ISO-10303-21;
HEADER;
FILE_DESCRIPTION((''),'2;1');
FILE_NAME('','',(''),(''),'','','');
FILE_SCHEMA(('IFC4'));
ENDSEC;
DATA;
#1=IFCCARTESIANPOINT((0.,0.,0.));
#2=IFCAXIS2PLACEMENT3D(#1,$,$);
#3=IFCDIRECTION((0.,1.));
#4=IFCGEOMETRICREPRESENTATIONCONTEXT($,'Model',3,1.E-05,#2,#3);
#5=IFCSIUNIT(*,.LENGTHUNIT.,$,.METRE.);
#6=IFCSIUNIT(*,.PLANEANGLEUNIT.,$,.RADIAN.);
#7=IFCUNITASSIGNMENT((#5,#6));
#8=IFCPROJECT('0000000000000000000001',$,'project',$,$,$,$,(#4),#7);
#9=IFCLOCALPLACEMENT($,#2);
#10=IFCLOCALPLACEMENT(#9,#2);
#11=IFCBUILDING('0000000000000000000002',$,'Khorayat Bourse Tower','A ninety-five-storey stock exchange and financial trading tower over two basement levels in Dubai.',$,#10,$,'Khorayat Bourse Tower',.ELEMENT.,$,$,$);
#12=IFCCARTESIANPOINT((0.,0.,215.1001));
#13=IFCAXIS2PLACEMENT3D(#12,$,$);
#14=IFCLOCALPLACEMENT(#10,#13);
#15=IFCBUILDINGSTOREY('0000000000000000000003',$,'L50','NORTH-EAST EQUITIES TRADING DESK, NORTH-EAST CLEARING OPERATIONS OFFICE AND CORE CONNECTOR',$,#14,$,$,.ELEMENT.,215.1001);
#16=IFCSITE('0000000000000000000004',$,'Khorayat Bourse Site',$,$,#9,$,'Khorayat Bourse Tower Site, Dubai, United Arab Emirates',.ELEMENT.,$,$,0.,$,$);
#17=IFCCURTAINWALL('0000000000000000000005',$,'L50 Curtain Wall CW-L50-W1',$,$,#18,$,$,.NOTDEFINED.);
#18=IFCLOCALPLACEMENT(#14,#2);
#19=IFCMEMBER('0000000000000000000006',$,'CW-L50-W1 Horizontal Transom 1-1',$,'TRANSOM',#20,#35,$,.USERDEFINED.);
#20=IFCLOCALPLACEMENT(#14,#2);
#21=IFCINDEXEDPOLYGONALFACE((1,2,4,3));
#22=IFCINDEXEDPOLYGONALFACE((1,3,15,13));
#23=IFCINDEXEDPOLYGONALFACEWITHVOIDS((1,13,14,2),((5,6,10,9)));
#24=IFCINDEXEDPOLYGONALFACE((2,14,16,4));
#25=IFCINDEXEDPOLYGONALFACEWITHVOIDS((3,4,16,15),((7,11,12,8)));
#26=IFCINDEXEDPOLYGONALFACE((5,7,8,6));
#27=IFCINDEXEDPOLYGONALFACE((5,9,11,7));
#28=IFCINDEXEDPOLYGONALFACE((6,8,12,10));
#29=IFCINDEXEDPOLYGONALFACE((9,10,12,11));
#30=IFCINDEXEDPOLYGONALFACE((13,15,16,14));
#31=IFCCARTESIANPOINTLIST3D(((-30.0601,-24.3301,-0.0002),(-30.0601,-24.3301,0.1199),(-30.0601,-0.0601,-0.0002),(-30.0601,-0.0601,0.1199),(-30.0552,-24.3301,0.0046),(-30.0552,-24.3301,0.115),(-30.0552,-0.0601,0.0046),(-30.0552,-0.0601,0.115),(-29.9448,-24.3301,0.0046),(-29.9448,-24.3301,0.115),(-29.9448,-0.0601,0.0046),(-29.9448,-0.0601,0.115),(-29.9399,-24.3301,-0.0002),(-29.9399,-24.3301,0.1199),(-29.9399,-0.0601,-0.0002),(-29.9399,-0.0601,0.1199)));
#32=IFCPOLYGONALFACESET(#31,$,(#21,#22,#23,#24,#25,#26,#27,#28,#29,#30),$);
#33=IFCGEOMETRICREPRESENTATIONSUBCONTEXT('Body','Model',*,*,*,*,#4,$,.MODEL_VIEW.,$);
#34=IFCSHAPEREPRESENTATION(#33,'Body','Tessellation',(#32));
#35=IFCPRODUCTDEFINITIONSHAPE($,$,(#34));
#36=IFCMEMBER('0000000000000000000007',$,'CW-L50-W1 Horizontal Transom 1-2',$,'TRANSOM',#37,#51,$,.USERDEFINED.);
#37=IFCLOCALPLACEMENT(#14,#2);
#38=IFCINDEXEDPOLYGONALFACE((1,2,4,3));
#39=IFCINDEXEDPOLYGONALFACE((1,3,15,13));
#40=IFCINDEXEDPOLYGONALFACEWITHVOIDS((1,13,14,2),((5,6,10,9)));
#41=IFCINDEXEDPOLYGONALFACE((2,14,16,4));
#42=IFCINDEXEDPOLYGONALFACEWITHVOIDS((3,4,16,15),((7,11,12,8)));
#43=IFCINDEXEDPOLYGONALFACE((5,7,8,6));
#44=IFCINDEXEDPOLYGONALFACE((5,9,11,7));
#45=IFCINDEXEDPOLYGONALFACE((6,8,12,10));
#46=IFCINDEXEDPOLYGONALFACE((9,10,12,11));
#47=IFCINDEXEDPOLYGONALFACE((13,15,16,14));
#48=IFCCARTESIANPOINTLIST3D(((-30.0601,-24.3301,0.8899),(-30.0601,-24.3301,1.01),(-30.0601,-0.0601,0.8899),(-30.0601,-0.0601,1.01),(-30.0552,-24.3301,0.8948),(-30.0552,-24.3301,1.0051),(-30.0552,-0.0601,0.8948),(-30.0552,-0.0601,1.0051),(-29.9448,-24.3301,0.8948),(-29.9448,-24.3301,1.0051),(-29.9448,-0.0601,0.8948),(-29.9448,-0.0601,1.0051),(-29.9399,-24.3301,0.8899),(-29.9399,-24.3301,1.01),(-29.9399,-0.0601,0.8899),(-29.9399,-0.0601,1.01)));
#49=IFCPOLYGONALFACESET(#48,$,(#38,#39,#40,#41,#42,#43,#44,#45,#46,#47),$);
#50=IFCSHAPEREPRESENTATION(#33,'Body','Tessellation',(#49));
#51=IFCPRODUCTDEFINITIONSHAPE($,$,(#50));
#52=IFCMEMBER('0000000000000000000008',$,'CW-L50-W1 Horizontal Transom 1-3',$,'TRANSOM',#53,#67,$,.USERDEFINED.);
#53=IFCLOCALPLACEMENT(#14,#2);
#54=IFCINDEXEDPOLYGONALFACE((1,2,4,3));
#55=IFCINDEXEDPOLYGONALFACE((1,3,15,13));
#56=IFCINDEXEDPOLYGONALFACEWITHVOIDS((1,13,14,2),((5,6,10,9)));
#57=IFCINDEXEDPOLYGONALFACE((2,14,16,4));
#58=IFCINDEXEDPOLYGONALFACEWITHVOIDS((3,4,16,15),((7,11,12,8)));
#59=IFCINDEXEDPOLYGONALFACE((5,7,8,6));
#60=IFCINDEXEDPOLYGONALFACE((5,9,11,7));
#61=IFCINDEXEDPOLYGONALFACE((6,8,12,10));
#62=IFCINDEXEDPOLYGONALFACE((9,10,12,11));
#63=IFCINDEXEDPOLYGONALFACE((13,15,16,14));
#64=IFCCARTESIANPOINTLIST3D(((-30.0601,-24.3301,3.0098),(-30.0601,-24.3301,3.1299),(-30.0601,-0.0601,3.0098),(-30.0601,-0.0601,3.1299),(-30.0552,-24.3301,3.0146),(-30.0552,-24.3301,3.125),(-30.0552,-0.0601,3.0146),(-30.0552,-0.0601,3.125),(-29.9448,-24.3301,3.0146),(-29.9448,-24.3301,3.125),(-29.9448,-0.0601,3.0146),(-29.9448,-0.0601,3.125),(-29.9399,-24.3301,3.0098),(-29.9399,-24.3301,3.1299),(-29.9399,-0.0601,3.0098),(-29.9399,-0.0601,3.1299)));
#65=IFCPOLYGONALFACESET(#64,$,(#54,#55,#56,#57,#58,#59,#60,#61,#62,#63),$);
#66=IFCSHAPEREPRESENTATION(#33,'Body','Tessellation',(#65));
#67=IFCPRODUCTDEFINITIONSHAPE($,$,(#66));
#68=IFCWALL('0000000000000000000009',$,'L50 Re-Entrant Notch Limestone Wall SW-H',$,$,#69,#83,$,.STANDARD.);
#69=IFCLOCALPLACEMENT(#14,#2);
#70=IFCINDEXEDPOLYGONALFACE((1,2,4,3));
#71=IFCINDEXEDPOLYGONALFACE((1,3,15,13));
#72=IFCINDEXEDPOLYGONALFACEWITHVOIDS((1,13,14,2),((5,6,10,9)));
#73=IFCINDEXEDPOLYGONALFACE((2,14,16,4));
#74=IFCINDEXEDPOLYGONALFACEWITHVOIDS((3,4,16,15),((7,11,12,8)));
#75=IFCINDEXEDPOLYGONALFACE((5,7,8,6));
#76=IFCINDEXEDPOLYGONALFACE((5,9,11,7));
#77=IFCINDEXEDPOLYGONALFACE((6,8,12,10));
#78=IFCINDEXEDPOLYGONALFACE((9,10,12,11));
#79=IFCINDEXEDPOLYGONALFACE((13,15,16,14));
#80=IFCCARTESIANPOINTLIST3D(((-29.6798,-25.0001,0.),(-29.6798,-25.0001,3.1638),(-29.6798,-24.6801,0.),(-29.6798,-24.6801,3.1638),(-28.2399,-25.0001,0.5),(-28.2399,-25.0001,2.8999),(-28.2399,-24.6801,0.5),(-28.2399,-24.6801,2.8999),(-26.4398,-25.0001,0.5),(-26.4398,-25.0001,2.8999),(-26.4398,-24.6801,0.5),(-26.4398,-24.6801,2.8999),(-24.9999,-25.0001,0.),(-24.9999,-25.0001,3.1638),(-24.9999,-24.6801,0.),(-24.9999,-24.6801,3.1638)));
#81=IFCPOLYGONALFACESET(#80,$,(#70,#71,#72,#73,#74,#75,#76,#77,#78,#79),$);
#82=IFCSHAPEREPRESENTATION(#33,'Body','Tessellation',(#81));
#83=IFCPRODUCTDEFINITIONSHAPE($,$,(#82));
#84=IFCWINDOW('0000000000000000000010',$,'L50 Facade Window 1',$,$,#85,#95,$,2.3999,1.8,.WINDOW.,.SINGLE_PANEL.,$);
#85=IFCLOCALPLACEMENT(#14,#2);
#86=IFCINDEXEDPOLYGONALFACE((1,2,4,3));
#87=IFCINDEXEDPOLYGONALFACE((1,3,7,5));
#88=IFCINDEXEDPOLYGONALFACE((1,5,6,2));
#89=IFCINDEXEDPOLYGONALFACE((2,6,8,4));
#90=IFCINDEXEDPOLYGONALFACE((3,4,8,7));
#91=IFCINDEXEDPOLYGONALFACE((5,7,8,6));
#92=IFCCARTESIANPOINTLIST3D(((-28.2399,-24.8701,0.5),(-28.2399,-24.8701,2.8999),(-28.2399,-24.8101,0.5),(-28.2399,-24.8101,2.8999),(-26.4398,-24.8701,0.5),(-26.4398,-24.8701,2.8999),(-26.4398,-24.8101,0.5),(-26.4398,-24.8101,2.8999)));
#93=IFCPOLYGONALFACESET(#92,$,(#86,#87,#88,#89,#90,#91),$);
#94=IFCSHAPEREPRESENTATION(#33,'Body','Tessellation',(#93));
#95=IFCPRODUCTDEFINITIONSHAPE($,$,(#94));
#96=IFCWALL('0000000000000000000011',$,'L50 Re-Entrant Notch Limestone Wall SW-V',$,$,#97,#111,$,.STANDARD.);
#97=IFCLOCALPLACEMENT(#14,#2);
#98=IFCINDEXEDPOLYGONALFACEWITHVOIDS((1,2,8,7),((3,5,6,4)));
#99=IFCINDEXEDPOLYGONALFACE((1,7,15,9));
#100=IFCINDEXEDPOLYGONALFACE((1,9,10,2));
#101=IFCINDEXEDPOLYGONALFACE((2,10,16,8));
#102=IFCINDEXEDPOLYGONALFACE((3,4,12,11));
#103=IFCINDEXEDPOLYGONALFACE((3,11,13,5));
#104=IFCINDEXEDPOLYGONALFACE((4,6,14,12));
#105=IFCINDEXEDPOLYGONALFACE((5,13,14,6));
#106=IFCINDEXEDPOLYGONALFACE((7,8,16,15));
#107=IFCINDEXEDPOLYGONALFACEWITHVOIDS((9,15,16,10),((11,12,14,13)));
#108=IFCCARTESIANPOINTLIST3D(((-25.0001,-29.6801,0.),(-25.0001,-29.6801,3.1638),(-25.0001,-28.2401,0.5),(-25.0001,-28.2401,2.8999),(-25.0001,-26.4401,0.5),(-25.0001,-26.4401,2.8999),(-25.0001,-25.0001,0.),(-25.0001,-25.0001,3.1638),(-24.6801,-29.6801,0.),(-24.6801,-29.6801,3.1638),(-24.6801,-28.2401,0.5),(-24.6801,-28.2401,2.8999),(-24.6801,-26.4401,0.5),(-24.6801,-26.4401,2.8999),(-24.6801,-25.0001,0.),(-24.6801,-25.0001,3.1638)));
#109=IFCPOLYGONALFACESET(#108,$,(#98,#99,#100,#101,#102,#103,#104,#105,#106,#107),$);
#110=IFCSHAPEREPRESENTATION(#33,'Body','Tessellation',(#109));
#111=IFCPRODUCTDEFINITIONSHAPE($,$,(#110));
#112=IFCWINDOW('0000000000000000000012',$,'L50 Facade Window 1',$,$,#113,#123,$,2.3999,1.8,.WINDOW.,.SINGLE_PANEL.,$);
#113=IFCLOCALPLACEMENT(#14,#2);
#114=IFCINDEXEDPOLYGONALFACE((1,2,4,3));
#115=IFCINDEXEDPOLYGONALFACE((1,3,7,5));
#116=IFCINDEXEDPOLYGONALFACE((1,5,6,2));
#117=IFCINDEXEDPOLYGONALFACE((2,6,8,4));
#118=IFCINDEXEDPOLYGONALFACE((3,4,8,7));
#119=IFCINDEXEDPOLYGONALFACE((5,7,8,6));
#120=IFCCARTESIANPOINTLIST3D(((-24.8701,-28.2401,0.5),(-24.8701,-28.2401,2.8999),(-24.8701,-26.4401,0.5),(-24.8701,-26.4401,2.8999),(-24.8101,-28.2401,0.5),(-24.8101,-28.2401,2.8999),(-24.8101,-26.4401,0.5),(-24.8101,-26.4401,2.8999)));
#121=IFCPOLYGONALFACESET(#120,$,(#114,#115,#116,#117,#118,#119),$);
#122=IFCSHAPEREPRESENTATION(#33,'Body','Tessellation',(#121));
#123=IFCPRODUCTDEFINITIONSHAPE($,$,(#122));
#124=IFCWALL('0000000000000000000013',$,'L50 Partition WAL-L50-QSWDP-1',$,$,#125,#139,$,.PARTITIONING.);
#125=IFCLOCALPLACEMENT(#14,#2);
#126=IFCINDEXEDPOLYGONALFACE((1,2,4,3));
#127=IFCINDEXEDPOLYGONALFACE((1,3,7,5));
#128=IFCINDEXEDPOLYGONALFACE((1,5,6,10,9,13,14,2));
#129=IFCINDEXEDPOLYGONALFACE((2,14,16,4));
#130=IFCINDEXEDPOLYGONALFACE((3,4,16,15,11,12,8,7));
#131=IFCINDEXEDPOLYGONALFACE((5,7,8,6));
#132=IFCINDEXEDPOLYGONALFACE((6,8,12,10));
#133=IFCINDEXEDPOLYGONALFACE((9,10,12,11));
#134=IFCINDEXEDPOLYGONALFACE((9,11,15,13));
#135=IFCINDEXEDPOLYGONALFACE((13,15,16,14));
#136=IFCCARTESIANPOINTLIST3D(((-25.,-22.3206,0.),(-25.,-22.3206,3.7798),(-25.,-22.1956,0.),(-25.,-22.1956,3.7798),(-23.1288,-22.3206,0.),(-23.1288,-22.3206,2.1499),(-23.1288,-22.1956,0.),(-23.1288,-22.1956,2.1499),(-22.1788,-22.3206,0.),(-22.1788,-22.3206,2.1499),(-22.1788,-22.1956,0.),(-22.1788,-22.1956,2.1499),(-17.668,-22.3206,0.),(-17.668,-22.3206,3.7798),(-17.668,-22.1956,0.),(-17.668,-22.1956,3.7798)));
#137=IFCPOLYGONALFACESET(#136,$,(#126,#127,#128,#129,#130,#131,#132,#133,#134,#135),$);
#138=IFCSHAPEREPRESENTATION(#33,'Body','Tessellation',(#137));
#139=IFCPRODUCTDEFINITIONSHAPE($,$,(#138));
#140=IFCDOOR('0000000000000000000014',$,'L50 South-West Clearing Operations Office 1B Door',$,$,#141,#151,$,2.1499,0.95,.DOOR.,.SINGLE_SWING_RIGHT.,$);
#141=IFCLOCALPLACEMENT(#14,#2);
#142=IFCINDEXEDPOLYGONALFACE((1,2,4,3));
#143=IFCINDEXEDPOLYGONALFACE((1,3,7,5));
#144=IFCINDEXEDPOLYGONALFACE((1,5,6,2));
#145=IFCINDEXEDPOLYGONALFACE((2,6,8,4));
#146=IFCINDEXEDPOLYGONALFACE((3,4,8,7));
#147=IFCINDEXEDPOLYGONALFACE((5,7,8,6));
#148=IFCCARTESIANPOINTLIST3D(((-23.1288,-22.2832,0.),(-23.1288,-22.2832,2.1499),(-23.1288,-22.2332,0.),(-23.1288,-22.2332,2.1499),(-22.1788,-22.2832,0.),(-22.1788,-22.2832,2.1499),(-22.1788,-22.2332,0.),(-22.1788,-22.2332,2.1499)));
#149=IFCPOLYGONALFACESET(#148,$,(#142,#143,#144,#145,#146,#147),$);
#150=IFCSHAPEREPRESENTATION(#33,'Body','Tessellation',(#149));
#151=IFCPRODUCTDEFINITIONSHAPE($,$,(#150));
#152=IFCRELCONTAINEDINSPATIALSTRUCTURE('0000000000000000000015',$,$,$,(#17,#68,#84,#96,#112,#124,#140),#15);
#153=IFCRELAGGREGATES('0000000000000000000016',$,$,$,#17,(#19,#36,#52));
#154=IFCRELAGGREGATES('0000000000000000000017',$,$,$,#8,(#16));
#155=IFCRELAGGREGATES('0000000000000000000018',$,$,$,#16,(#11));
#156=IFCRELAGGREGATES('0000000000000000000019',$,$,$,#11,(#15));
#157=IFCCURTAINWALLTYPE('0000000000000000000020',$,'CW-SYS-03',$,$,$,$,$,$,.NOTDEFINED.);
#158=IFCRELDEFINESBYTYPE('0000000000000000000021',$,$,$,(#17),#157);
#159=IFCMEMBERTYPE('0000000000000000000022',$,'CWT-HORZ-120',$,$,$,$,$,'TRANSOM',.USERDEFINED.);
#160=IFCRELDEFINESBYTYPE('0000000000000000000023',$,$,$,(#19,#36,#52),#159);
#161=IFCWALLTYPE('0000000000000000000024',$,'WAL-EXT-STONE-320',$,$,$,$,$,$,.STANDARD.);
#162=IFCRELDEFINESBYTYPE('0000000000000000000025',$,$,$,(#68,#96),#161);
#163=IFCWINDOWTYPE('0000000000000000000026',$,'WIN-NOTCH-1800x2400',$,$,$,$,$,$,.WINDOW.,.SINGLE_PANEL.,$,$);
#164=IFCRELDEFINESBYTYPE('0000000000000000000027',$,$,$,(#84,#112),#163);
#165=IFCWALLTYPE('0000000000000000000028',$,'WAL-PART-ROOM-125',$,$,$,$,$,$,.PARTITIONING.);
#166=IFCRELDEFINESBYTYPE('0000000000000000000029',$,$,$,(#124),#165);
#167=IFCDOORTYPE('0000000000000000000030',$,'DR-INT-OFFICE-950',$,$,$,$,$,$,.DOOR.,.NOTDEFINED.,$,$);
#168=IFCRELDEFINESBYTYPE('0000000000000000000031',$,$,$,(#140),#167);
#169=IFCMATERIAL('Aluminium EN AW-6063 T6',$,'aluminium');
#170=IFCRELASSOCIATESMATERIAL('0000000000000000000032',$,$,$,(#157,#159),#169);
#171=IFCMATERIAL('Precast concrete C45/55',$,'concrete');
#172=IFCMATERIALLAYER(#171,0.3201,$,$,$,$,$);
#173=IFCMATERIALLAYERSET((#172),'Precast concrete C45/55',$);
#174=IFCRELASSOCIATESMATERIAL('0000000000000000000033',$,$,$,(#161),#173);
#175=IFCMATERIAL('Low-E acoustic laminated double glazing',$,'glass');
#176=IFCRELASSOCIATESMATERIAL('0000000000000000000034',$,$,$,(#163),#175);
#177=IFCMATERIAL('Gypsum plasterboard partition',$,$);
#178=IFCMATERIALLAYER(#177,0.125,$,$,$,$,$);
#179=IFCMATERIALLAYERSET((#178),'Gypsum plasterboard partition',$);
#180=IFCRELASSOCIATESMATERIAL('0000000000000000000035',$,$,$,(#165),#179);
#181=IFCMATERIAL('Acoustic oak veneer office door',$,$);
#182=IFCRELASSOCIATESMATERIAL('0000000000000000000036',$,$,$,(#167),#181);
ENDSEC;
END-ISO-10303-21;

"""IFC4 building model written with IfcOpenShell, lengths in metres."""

from ifc_helpers import new_model, si_unit, direction, frame, frame_2d, origin, origin_2d, place, context, subcontext, project, spatial, rectangle, hollow_rectangle, extrude, source, transform, mapped, material, layer, layer_set, material_profile, profile_set, type_object, element, fill, aggregate, save


model = new_model("IFC4")

# Units and contexts
model_context = context("Model", 3, precision=1e-05, world=origin(), true_north=direction((0.0, 1.0)))
body_context = subcontext(model_context, "Body", "Model", "MODEL_VIEW")
ifc_project = project(units=[si_unit("LENGTHUNIT", "METRE"), si_unit("PLANEANGLEUNIT", "RADIAN")], contexts=[model_context])

# Site, building, storey
site_placement = place(None, origin())
site = spatial("IfcSite", under=ifc_project, at=site_placement, Name="Khorayat Bourse Site", LongName="Khorayat Bourse Tower Site, Dubai, United Arab Emirates", CompositionType="ELEMENT", RefElevation=0.0)
building_placement = place(site_placement, origin())
building = spatial("IfcBuilding", under=site, at=building_placement, Name="Khorayat Bourse Tower", Description="A ninety-five-storey stock exchange and financial trading tower over two basement levels in Dubai.", LongName="Khorayat Bourse Tower", CompositionType="ELEMENT")
storey_placement = place(building_placement, frame((0.0, 0.0, 215.1001)))
storey = spatial("IfcBuildingStorey", under=building, at=storey_placement, Name="L50", Description="NORTH-EAST EQUITIES TRADING DESK, NORTH-EAST CLEARING OPERATIONS OFFICE AND CORE CONNECTOR", CompositionType="ELEMENT", Elevation=215.1001)

# Curtain wall
ifc_material_1 = material(Name="Aluminium EN AW-6063 T6", Category="aluminium")
curtain_wall_type = type_object("IfcCurtainWallType", Name="CW-SYS-03", PredefinedType="NOTDEFINED", material=ifc_material_1)
curtain_wall_1_placement = place(storey_placement, origin())
curtain_wall_1 = element("IfcCurtainWall", 1, at=curtain_wall_1_placement, inside=storey, type_object=curtain_wall_type, Name="L50 Curtain Wall CW-L50-W1", PredefinedType="NOTDEFINED")

# Members
ifc_material_profile_1 = material_profile(ifc_material_1, hollow_rectangle(XDim=0.1201, YDim=0.1201, WallThickness=0.0049, at=origin_2d()), Name="ALU 120x120x5")
ifc_profile_set_1 = profile_set([ifc_material_profile_1], Name="Aluminium EN AW-6063 T6")
member_type_1 = type_object("IfcMemberType", Name="CWT-HORZ-120", ElementType="TRANSOM", PredefinedType="USERDEFINED", material=ifc_profile_set_1)
shared_shape_1 = source(origin(), body_context, "Body", "SweptSolid", [
    extrude(hollow_rectangle(XDim=0.1201, YDim=0.1201, WallThickness=0.0049, at=origin_2d()), origin(), (0.0, 0.0, 1.0), 24.27),
])
member_1_placement = place(storey_placement, frame((-30.0, -24.3301, 0.0598), z_axis=(0.0, 1.0, 0.0), x_axis=(-1.0, 0.0, 0.0)))
member_1 = element("IfcMember", 2, at=member_1_placement, type_object=member_type_1, Name="CW-L50-W1 Horizontal Transom 1-1", ObjectType="TRANSOM", PredefinedType="USERDEFINED", context=body_context, shape_type="MappedRepresentation", body=[
    mapped(shared_shape_1, transform((0.0, 0.0, 0.0), scale=1.0)),
])
member_2_placement = place(storey_placement, frame((-30.0, -24.3301, 0.95), z_axis=(0.0, 1.0, 0.0), x_axis=(-1.0, 0.0, 0.0)))
member_2 = element("IfcMember", 3, at=member_2_placement, type_object=member_type_1, Name="CW-L50-W1 Horizontal Transom 1-2", ObjectType="TRANSOM", PredefinedType="USERDEFINED", context=body_context, shape_type="MappedRepresentation", body=[
    mapped(shared_shape_1, transform((0.0, 0.0, 0.0), scale=1.0)),
])
member_3_placement = place(storey_placement, frame((-30.0, -24.3301, 3.0698), z_axis=(0.0, 1.0, 0.0), x_axis=(-1.0, 0.0, 0.0)))
member_3 = element("IfcMember", 4, at=member_3_placement, type_object=member_type_1, Name="CW-L50-W1 Horizontal Transom 1-3", ObjectType="TRANSOM", PredefinedType="USERDEFINED", context=body_context, shape_type="MappedRepresentation", body=[
    mapped(shared_shape_1, transform((0.0, 0.0, 0.0), scale=1.0)),
])
aggregate(curtain_wall_1, [member_1, member_2, member_3])

# Walls, openings, windows
ifc_material_2 = material(Name="Precast concrete C45/55", Category="concrete")
ifc_layer_1 = layer(ifc_material_2, 0.3201)
ifc_layer_set_1 = layer_set([ifc_layer_1], Name="Precast concrete C45/55")
wall_type_1 = type_object("IfcWallType", Name="WAL-EXT-STONE-320", PredefinedType="STANDARD", material=ifc_layer_set_1)
shared_shape_2 = source(origin(), body_context, "Body", "SweptSolid", [
    extrude(rectangle(XDim=4.6799, YDim=0.3201, at=frame_2d((2.3398, 0.0))), origin(), (0.0, 0.0, 1.0), 3.1638),
])
wall_1_placement = place(storey_placement, frame((-25.0, -24.8401, 0.0), z_axis=(0.0, 0.0, 1.0), x_axis=(-1.0, 0.0, 0.0)))
wall_1 = element("IfcWall", 5, at=wall_1_placement, inside=storey, type_object=wall_type_1, Name="L50 Re-Entrant Notch Limestone Wall SW-H", PredefinedType="STANDARD", context=body_context, shape_type="MappedRepresentation", body=[
    mapped(shared_shape_2, transform((0.0, 0.0, 0.0), scale=1.0)),
])
shared_shape_3 = source(origin(), body_context, "Body", "SweptSolid", [
    extrude(rectangle(XDim=1.8, YDim=2.3999, at=frame_2d((0.8999, 1.2))), frame((0.0, 0.1699, 0.0), z_axis=(0.0, -1.0, 0.0), x_axis=(1.0, 0.0, 0.0)), (0.0, 0.0, 1.0), 0.3401),
])
opening_1_placement = place(wall_1_placement, frame((1.4399, 0.0, 0.5)))
opening_1 = element("IfcOpeningElement", 6, at=opening_1_placement, cuts=wall_1, PredefinedType="OPENING", context=body_context, shape_type="MappedRepresentation", body=[
    mapped(shared_shape_3, transform((0.0, 0.0, 0.0), scale=1.0)),
])
ifc_material_3 = material(Name="Low-E acoustic laminated double glazing", Category="glass")
window_type = type_object("IfcWindowType", Name="WIN-NOTCH-1800x2400", PartitioningType="SINGLE_PANEL", PredefinedType="WINDOW", material=ifc_material_3)
shared_shape_4 = source(origin(), body_context, "Body", "SweptSolid", [
    extrude(rectangle(XDim=1.8, YDim=2.3999, at=frame_2d((0.8999, 1.2))), frame((0.0, 0.03, 0.0), z_axis=(0.0, -1.0, 0.0), x_axis=(1.0, 0.0, 0.0)), (0.0, 0.0, 1.0), 0.0601),
])
window_1_placement = place(opening_1_placement, origin())
window_1 = element("IfcWindow", 7, at=window_1_placement, inside=storey, type_object=window_type, Name="L50 Facade Window 1", OverallHeight=2.3999, OverallWidth=1.8, PartitioningType="SINGLE_PANEL", PredefinedType="WINDOW", context=body_context, shape_type="MappedRepresentation", body=[
    mapped(shared_shape_4, transform((0.0, 0.0, 0.0), scale=1.0)),
])
fill(opening_1, window_1)
wall_2_placement = place(storey_placement, frame((-24.8401, -29.6799, 0.0), z_axis=(0.0, 0.0, 1.0), x_axis=(0.0, 1.0, 0.0)))
wall_2 = element("IfcWall", 8, at=wall_2_placement, inside=storey, type_object=wall_type_1, Name="L50 Re-Entrant Notch Limestone Wall SW-V", PredefinedType="STANDARD", context=body_context, shape_type="MappedRepresentation", body=[
    mapped(shared_shape_2, transform((0.0, 0.0, 0.0), scale=1.0)),
])
opening_2_placement = place(wall_2_placement, frame((1.4399, 0.0, 0.5)))
opening_2 = element("IfcOpeningElement", 9, at=opening_2_placement, cuts=wall_2, PredefinedType="OPENING", context=body_context, shape_type="MappedRepresentation", body=[
    mapped(shared_shape_3, transform((0.0, 0.0, 0.0), scale=1.0)),
])
window_2_placement = place(opening_2_placement, origin())
window_2 = element("IfcWindow", 10, at=window_2_placement, inside=storey, type_object=window_type, Name="L50 Facade Window 1", OverallHeight=2.3999, OverallWidth=1.8, PartitioningType="SINGLE_PANEL", PredefinedType="WINDOW", context=body_context, shape_type="MappedRepresentation", body=[
    mapped(shared_shape_4, transform((0.0, 0.0, 0.0), scale=1.0)),
])
fill(opening_2, window_2)

# Wall, opening, door
ifc_material_4 = material(Name="Gypsum plasterboard partition")
ifc_layer_2 = layer(ifc_material_4, 0.125)
ifc_layer_set_2 = layer_set([ifc_layer_2], Name="Gypsum plasterboard partition")
wall_type_2 = type_object("IfcWallType", Name="WAL-PART-ROOM-125", PredefinedType="PARTITIONING", material=ifc_layer_set_2)
shared_shape_5 = source(origin(), body_context, "Body", "SweptSolid", [
    extrude(rectangle(XDim=7.332, YDim=0.125, at=frame_2d((3.666, 0.0))), origin(), (0.0, 0.0, 1.0), 3.7798),
])
wall_3_placement = place(storey_placement, frame((-25.0, -22.2581, 0.0), z_axis=(0.0, 0.0, 1.0), x_axis=(1.0, 0.0, 0.0)))
wall_3 = element("IfcWall", 11, at=wall_3_placement, inside=storey, type_object=wall_type_2, Name="L50 Partition WAL-L50-QSWDP-1", PredefinedType="PARTITIONING", context=body_context, shape_type="MappedRepresentation", body=[
    mapped(shared_shape_5, transform((0.0, 0.0, 0.0), scale=1.0)),
])
shared_shape_6 = source(origin(), body_context, "Body", "SweptSolid", [
    extrude(rectangle(XDim=0.95, YDim=2.1499, at=frame_2d((0.4751, 1.075))), frame((0.0, 0.0725, 0.0), z_axis=(0.0, -1.0, 0.0), x_axis=(1.0, 0.0, 0.0)), (0.0, 0.0, 1.0), 0.145),
])
opening_3_placement = place(wall_3_placement, frame((1.8711, 0.0, 0.0)))
opening_3 = element("IfcOpeningElement", 12, at=opening_3_placement, cuts=wall_3, PredefinedType="OPENING", context=body_context, shape_type="MappedRepresentation", body=[
    mapped(shared_shape_6, transform((0.0, 0.0, 0.0), scale=1.0)),
])
ifc_material_5 = material(Name="Acoustic oak veneer office door")
door_type = type_object("IfcDoorType", Name="DR-INT-OFFICE-950", OperationType="NOTDEFINED", PredefinedType="DOOR", material=ifc_material_5)
shared_shape_7 = source(origin(), body_context, "Body", "SweptSolid", [
    extrude(rectangle(XDim=0.95, YDim=2.1499, at=frame_2d((0.4751, 1.075))), frame((0.0, 0.0249, 0.0), z_axis=(0.0, -1.0, 0.0), x_axis=(1.0, 0.0, 0.0)), (0.0, 0.0, 1.0), 0.05),
])
door_placement = place(opening_3_placement, origin())
door = element("IfcDoor", 13, at=door_placement, inside=storey, type_object=door_type, Name="L50 South-West Clearing Operations Office 1B Door", OperationType="SINGLE_SWING_RIGHT", OverallHeight=2.1499, OverallWidth=0.95, PredefinedType="DOOR", context=body_context, shape_type="MappedRepresentation", body=[
    mapped(shared_shape_7, transform((0.0, 0.0, 0.0), scale=1.0)),
])
fill(opening_3, door)

save(model, "model.ifc")
